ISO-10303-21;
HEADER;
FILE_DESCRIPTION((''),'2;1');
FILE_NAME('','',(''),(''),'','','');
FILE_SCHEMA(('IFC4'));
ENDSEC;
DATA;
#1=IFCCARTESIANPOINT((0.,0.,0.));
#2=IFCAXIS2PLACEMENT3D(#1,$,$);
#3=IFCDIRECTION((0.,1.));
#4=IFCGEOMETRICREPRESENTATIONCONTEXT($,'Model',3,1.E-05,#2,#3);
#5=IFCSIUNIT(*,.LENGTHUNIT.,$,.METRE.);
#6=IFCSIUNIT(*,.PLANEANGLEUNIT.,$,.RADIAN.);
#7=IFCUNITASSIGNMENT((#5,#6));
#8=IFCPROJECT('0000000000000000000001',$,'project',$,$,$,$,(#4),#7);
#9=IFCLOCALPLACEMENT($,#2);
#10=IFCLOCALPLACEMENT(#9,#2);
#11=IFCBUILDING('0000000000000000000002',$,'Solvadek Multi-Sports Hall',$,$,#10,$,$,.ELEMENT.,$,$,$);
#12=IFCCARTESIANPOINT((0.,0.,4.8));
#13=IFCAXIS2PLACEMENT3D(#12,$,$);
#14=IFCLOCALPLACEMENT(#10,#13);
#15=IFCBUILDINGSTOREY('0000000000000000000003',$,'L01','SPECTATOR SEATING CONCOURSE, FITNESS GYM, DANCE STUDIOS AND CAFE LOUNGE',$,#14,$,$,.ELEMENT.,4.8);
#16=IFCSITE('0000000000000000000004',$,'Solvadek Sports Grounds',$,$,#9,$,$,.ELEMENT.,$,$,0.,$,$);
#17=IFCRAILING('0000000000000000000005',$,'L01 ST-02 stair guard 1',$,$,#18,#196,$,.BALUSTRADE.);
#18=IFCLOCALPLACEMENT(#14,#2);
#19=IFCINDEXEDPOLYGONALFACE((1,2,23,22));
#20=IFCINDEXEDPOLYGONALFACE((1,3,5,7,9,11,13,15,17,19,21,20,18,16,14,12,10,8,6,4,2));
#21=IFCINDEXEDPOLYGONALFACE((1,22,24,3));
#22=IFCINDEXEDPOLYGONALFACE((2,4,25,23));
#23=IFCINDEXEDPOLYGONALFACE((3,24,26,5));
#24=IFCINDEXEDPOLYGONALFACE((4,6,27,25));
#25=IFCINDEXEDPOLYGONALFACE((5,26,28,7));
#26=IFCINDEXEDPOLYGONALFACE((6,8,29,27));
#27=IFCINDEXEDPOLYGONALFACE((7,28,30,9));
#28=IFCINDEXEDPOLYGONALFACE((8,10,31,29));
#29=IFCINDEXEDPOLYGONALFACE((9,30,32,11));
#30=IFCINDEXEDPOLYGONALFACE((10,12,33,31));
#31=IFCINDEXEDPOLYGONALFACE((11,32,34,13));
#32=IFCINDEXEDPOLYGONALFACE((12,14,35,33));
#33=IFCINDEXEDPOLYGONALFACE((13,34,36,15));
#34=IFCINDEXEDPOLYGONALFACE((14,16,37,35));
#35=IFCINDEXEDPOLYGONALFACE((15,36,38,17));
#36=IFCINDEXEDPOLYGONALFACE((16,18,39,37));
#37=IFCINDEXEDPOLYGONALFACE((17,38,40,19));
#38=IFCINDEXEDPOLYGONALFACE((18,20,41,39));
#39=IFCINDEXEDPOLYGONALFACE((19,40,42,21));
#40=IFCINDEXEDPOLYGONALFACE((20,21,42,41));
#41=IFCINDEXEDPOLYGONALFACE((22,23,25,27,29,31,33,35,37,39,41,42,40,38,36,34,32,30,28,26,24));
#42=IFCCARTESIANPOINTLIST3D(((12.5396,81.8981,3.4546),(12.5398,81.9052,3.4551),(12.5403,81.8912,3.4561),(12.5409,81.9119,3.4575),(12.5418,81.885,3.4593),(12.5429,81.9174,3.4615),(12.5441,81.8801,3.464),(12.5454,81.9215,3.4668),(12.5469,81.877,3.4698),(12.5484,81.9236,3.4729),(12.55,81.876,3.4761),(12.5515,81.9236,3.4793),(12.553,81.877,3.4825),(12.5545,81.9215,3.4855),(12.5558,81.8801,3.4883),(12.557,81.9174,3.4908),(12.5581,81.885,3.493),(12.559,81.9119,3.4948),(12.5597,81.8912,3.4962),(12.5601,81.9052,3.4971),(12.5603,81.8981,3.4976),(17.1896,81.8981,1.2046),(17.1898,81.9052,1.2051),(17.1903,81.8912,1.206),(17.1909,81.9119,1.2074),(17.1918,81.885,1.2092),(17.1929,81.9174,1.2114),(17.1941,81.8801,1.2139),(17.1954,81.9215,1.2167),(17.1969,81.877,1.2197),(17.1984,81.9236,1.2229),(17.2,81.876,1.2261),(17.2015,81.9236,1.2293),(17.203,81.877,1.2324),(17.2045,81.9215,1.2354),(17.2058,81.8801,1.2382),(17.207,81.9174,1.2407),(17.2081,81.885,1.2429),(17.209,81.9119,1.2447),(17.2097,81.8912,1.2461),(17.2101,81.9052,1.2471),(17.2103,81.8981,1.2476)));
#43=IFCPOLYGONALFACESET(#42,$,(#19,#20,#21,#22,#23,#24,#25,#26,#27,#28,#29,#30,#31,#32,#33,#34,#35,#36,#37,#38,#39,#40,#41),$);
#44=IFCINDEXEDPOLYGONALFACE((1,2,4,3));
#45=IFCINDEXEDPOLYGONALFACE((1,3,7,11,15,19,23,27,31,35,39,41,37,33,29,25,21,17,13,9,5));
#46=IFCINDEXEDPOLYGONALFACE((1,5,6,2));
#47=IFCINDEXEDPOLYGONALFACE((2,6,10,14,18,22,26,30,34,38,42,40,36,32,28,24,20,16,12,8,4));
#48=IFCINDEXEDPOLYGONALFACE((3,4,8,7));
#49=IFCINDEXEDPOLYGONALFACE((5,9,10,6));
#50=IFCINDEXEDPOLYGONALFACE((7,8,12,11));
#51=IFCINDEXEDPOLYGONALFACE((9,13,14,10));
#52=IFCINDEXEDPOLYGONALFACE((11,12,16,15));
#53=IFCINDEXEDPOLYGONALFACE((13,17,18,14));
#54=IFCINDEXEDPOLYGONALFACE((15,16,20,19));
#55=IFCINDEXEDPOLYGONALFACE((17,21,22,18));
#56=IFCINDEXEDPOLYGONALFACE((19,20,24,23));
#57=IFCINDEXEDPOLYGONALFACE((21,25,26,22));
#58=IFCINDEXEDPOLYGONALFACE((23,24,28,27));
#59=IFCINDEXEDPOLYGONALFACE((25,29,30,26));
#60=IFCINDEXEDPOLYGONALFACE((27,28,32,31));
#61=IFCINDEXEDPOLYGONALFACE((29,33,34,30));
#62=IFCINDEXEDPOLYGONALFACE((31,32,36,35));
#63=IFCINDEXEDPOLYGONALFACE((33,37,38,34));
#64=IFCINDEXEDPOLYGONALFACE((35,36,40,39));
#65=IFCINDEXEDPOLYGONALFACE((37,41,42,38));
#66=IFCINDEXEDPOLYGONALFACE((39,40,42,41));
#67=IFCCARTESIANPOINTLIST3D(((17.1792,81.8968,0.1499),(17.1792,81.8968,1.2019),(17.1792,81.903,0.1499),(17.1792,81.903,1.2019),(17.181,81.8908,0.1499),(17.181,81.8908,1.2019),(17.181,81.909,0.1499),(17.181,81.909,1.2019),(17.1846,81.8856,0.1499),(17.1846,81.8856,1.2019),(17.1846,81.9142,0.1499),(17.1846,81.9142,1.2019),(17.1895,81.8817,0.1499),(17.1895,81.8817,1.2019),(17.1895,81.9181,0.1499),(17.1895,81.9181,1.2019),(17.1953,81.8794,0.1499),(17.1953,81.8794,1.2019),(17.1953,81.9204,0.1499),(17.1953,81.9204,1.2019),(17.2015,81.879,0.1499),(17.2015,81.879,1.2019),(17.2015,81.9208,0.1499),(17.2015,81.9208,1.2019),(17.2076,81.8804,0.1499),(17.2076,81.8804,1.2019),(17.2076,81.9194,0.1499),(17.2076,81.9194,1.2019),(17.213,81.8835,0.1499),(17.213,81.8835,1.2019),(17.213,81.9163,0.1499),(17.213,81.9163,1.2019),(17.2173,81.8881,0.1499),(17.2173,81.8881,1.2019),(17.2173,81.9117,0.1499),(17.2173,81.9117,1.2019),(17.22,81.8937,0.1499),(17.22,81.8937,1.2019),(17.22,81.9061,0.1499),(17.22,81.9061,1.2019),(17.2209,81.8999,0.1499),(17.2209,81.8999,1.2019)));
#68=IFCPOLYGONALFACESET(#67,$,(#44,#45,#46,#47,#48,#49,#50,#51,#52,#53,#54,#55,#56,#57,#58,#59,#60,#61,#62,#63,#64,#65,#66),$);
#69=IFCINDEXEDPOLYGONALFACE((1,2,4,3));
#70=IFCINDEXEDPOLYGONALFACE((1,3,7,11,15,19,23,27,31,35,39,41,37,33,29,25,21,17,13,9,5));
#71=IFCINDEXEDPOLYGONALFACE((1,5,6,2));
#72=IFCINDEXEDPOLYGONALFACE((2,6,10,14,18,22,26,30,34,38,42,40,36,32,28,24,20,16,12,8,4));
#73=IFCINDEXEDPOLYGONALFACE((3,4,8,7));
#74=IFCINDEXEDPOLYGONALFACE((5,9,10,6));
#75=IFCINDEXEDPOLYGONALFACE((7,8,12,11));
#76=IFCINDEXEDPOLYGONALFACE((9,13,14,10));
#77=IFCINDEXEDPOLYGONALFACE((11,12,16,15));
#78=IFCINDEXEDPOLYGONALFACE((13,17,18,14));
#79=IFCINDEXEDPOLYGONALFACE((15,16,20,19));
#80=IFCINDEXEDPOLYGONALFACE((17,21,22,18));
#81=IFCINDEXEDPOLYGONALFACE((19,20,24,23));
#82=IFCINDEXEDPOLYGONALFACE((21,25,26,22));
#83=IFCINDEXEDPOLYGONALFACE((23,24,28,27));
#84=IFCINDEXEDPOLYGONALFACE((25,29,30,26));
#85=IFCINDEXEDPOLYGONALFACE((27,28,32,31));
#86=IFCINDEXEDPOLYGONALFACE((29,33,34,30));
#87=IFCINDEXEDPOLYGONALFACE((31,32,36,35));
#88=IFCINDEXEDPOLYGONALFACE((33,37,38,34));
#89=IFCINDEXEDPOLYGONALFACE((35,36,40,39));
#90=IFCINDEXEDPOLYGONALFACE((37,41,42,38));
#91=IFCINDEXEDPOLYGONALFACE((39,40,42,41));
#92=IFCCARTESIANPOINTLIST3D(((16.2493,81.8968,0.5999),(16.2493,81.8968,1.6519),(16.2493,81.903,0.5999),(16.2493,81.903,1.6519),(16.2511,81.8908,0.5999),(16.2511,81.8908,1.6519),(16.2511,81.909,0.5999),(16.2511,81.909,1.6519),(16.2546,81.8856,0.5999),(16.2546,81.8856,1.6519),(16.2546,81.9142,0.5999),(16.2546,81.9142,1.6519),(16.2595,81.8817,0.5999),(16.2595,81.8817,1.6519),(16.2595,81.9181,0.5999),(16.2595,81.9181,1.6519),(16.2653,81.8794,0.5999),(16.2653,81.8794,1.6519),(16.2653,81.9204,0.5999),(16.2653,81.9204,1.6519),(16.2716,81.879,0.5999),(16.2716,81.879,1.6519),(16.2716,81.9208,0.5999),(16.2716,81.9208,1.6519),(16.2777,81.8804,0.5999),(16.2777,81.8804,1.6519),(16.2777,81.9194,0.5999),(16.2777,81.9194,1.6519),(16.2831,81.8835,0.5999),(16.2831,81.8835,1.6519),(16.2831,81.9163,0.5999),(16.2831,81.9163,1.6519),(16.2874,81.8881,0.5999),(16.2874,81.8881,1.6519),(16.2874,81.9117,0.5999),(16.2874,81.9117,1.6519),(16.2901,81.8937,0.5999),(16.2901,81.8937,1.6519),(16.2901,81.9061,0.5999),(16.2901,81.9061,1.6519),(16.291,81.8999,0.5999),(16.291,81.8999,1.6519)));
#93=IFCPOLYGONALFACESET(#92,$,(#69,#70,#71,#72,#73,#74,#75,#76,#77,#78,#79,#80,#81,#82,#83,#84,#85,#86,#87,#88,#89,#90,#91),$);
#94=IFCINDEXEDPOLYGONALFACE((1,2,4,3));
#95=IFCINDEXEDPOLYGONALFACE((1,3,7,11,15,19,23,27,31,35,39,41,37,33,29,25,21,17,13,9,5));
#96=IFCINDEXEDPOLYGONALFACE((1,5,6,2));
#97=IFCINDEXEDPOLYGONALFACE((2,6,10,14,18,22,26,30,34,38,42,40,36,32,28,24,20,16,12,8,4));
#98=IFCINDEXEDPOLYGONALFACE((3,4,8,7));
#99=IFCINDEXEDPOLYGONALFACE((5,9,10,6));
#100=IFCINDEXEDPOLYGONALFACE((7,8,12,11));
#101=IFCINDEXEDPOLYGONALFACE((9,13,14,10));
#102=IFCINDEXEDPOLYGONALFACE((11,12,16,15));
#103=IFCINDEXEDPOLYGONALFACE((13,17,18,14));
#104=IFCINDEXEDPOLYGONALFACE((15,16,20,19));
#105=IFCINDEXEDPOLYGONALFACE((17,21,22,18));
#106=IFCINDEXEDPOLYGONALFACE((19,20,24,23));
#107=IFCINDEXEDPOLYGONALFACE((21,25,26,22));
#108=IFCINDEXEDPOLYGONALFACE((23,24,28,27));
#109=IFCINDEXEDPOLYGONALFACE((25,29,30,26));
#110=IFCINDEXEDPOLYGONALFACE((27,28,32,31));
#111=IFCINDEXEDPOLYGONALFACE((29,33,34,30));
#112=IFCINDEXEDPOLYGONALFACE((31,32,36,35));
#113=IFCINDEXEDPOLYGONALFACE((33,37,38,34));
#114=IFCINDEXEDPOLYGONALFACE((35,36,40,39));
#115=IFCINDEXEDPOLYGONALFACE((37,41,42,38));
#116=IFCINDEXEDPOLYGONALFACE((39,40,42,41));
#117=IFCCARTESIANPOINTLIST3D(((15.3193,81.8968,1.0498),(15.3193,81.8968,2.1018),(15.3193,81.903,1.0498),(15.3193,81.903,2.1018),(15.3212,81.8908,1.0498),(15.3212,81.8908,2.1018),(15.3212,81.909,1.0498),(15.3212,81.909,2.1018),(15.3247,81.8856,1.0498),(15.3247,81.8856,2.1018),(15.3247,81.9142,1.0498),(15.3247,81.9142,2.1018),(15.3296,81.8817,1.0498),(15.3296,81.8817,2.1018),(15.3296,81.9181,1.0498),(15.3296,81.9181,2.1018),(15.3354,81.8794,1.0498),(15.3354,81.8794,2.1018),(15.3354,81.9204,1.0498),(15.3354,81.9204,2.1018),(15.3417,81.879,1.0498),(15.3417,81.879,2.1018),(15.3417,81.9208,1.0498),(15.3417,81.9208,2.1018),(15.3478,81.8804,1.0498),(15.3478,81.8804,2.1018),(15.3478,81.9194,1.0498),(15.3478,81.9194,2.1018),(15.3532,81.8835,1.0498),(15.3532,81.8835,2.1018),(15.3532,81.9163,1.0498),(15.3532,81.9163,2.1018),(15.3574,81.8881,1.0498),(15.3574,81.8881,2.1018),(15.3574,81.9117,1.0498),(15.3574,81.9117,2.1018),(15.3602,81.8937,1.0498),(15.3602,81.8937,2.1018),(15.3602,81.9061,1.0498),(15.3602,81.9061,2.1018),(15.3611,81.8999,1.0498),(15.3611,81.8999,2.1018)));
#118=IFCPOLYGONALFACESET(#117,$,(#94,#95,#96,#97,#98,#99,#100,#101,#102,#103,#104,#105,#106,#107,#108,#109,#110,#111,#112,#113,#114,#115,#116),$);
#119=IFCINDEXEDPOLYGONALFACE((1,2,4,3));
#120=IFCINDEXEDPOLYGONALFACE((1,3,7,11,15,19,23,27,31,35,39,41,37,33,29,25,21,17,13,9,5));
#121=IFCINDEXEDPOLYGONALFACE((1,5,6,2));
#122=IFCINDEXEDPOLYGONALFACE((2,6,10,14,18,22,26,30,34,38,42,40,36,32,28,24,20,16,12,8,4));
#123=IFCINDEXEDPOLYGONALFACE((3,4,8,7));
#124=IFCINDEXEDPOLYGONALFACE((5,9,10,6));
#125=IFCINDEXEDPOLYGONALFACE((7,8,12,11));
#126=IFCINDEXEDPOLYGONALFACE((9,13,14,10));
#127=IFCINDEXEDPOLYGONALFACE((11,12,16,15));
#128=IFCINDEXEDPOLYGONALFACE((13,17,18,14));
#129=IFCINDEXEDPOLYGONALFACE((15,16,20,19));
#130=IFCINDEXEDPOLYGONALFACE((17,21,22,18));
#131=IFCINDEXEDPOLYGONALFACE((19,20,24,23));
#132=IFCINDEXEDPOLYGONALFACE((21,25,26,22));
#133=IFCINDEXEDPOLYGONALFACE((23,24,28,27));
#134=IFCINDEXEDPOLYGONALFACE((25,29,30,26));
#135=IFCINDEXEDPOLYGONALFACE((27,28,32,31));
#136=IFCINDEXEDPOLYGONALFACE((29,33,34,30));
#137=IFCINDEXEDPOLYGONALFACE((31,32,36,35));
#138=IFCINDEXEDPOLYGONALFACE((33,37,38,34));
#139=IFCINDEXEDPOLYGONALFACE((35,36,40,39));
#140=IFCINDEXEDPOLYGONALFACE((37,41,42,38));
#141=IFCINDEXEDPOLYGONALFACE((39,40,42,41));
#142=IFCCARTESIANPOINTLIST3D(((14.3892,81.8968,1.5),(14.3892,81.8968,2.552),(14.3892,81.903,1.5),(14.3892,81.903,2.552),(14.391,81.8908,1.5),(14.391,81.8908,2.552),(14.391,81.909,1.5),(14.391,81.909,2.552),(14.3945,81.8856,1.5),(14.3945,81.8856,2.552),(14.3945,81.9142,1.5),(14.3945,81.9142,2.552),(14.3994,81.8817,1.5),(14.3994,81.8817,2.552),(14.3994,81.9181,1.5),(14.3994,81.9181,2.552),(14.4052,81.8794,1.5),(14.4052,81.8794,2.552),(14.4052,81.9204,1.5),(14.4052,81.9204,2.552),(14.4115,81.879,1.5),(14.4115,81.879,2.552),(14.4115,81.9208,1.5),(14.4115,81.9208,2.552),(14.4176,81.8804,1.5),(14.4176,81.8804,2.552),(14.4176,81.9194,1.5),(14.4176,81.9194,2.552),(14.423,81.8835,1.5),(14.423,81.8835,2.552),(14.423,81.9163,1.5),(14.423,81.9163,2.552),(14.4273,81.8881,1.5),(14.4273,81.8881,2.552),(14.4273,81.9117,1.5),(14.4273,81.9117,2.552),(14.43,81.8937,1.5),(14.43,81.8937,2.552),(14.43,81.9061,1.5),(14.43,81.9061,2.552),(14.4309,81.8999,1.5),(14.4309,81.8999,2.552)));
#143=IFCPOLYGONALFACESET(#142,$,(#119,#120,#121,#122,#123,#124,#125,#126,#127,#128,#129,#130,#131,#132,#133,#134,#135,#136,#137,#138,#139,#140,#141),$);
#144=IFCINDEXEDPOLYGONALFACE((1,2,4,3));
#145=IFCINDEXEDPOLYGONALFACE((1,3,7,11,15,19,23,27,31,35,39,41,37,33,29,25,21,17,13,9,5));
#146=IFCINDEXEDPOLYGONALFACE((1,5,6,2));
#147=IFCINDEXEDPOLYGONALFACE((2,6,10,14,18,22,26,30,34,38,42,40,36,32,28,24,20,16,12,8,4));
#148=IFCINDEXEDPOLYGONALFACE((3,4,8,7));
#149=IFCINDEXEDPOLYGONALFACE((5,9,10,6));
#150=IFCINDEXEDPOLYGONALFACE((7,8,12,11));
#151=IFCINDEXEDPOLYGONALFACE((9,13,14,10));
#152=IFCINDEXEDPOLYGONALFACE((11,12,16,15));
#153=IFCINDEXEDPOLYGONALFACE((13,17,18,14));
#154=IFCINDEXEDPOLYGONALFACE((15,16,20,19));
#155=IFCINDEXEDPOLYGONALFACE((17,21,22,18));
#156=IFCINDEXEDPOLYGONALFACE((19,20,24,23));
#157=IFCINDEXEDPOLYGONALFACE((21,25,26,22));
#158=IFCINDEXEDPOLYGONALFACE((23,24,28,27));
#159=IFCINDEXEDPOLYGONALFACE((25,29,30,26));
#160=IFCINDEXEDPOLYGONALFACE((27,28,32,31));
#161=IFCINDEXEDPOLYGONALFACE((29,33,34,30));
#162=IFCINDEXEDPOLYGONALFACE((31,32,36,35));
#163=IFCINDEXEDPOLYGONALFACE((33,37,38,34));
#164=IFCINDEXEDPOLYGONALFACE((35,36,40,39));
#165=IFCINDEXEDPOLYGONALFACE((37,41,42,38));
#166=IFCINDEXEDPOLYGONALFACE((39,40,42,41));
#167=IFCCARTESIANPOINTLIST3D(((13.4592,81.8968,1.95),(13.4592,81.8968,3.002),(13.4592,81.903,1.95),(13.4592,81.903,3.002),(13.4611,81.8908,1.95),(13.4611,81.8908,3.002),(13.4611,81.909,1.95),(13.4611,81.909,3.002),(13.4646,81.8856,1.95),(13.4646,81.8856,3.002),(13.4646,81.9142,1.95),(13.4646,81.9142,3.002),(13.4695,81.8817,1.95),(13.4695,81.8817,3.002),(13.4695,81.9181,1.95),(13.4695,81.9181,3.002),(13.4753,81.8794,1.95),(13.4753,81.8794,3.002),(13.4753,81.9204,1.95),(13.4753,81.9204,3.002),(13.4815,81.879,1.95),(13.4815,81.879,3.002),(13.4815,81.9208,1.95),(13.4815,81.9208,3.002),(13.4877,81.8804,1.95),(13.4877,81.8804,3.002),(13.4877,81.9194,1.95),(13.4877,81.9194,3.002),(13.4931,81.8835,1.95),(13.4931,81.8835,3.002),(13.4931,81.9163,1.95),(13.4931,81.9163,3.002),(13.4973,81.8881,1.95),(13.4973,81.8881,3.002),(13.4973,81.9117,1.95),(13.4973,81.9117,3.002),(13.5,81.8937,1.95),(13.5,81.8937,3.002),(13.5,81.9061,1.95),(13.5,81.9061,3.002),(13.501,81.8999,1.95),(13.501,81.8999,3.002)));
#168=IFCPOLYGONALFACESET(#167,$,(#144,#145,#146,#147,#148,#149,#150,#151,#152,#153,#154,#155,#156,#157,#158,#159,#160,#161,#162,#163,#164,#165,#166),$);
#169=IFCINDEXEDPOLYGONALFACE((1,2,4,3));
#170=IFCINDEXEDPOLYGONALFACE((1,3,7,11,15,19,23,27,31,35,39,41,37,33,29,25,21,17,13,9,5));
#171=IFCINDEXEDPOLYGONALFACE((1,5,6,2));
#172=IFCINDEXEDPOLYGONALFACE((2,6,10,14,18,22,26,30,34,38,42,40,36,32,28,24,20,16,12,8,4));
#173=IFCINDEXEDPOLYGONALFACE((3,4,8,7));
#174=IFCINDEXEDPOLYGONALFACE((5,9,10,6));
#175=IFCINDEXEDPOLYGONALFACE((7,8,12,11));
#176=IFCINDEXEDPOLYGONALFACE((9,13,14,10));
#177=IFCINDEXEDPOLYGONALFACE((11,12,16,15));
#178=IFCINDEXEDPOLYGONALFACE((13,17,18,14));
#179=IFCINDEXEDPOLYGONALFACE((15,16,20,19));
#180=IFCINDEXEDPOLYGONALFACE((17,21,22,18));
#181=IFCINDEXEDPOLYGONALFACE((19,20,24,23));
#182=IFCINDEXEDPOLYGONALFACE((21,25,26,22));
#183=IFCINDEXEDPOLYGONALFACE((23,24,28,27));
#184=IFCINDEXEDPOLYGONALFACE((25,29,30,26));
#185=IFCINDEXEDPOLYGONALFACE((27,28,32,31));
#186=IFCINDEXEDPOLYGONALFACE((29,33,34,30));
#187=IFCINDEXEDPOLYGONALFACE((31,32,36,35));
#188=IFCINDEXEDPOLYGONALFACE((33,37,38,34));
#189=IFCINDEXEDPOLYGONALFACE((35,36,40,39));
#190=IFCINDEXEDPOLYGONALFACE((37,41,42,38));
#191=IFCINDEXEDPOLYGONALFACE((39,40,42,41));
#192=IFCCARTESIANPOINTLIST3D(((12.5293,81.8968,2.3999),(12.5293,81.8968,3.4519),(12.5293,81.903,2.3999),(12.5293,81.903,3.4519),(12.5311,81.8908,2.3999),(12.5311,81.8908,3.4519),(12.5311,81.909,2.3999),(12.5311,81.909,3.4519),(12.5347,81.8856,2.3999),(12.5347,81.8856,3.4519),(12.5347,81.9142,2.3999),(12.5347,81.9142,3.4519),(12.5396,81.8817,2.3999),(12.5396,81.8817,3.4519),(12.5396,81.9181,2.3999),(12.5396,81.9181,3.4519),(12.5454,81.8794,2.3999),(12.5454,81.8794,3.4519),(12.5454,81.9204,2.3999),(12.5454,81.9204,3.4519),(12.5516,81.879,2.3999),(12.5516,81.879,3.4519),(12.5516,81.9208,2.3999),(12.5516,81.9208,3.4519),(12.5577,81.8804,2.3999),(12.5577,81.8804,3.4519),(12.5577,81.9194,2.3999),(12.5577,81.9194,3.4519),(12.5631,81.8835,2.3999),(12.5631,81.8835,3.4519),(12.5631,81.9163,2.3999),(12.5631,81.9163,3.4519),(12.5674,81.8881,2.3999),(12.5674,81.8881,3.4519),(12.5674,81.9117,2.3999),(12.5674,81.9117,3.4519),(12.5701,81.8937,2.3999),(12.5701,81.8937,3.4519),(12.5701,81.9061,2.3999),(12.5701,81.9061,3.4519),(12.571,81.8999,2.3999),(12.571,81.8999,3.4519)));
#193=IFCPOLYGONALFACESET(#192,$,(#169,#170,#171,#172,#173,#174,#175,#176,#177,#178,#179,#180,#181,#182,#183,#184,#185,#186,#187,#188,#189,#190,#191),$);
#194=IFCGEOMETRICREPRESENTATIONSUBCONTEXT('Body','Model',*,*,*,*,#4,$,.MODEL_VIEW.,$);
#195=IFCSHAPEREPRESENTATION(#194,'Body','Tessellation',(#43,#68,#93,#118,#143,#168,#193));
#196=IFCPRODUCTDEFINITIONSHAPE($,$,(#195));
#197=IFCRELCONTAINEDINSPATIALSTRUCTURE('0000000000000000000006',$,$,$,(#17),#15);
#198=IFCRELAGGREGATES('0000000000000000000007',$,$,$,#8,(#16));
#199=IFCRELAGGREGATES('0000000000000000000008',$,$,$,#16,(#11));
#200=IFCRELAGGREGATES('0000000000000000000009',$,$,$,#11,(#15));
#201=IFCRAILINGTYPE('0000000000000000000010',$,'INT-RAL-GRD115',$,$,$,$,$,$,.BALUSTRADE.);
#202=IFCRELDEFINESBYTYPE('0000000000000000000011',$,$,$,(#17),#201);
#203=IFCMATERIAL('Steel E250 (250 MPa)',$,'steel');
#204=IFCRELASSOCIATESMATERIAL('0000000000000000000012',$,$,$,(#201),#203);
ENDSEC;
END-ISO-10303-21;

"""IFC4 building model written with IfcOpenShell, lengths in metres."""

from ifc_helpers import new_model, si_unit, direction, frame, origin, origin_2d, place, context, subcontext, project, spatial, circle, extrude, material, type_object, element, save


model = new_model("IFC4")

# Units and contexts
model_context = context("Model", 3, precision=1e-05, world=origin(), true_north=direction((0.0, 1.0)))
body_context = subcontext(model_context, "Body", "Model", "MODEL_VIEW")
ifc_project = project(units=[si_unit("LENGTHUNIT", "METRE"), si_unit("PLANEANGLEUNIT", "RADIAN")], contexts=[model_context])

# Site, building, storey
site_placement = place(None, origin())
site = spatial("IfcSite", under=ifc_project, at=site_placement, Name="Solvadek Sports Grounds", CompositionType="ELEMENT", RefElevation=0.0)
building_placement = place(site_placement, origin())
building = spatial("IfcBuilding", under=site, at=building_placement, Name="Solvadek Multi-Sports Hall", CompositionType="ELEMENT")
storey_placement = place(building_placement, frame((0.0, 0.0, 4.8)))
storey = spatial("IfcBuildingStorey", under=building, at=storey_placement, Name="L01", Description="SPECTATOR SEATING CONCOURSE, FITNESS GYM, DANCE STUDIOS AND CAFE LOUNGE", CompositionType="ELEMENT", Elevation=4.8)

# Shared definitions
ifc_material_1 = material(Name="Steel E250 (250 MPa)", Category="steel")

# Railing
railing_type_1 = type_object("IfcRailingType", Name="INT-RAL-GRD115", PredefinedType="BALUSTRADE", material=ifc_material_1)
railing_1_placement = place(storey_placement, frame((17.2, 81.8999, 0.1499)))
element("IfcRailing", 1, at=railing_1_placement, inside=storey, type_object=railing_type_1, Name="L01 ST-02 stair guard 1", PredefinedType="BALUSTRADE", context=body_context, shape_type="SweptSolid", body=[
    extrude(circle(Radius=0.0239, at=origin_2d()), frame((0.0, 0.0, 1.0762), z_axis=(-0.900156, 0.0, 0.435568), x_axis=(0.0, -1.0, 0.0)), (0.0, 0.0, 1.0), 5.1658),
    extrude(circle(Radius=0.021, at=origin_2d()), origin(), (0.0, 0.0, 1.0), 1.052),
    extrude(circle(Radius=0.021, at=origin_2d()), frame((-0.9299, 0.0, 0.45)), (0.0, 0.0, 1.0), 1.052),
    extrude(circle(Radius=0.021, at=origin_2d()), frame((-1.8599, 0.0, 0.8999)), (0.0, 0.0, 1.0), 1.052),
    extrude(circle(Radius=0.021, at=origin_2d()), frame((-2.79, 0.0, 1.3501)), (0.0, 0.0, 1.0), 1.052),
    extrude(circle(Radius=0.021, at=origin_2d()), frame((-3.72, 0.0, 1.8)), (0.0, 0.0, 1.0), 1.052),
    extrude(circle(Radius=0.021, at=origin_2d()), frame((-4.6499, 0.0, 2.25)), (0.0, 0.0, 1.0), 1.052),
])

save(model, "model.ifc")
